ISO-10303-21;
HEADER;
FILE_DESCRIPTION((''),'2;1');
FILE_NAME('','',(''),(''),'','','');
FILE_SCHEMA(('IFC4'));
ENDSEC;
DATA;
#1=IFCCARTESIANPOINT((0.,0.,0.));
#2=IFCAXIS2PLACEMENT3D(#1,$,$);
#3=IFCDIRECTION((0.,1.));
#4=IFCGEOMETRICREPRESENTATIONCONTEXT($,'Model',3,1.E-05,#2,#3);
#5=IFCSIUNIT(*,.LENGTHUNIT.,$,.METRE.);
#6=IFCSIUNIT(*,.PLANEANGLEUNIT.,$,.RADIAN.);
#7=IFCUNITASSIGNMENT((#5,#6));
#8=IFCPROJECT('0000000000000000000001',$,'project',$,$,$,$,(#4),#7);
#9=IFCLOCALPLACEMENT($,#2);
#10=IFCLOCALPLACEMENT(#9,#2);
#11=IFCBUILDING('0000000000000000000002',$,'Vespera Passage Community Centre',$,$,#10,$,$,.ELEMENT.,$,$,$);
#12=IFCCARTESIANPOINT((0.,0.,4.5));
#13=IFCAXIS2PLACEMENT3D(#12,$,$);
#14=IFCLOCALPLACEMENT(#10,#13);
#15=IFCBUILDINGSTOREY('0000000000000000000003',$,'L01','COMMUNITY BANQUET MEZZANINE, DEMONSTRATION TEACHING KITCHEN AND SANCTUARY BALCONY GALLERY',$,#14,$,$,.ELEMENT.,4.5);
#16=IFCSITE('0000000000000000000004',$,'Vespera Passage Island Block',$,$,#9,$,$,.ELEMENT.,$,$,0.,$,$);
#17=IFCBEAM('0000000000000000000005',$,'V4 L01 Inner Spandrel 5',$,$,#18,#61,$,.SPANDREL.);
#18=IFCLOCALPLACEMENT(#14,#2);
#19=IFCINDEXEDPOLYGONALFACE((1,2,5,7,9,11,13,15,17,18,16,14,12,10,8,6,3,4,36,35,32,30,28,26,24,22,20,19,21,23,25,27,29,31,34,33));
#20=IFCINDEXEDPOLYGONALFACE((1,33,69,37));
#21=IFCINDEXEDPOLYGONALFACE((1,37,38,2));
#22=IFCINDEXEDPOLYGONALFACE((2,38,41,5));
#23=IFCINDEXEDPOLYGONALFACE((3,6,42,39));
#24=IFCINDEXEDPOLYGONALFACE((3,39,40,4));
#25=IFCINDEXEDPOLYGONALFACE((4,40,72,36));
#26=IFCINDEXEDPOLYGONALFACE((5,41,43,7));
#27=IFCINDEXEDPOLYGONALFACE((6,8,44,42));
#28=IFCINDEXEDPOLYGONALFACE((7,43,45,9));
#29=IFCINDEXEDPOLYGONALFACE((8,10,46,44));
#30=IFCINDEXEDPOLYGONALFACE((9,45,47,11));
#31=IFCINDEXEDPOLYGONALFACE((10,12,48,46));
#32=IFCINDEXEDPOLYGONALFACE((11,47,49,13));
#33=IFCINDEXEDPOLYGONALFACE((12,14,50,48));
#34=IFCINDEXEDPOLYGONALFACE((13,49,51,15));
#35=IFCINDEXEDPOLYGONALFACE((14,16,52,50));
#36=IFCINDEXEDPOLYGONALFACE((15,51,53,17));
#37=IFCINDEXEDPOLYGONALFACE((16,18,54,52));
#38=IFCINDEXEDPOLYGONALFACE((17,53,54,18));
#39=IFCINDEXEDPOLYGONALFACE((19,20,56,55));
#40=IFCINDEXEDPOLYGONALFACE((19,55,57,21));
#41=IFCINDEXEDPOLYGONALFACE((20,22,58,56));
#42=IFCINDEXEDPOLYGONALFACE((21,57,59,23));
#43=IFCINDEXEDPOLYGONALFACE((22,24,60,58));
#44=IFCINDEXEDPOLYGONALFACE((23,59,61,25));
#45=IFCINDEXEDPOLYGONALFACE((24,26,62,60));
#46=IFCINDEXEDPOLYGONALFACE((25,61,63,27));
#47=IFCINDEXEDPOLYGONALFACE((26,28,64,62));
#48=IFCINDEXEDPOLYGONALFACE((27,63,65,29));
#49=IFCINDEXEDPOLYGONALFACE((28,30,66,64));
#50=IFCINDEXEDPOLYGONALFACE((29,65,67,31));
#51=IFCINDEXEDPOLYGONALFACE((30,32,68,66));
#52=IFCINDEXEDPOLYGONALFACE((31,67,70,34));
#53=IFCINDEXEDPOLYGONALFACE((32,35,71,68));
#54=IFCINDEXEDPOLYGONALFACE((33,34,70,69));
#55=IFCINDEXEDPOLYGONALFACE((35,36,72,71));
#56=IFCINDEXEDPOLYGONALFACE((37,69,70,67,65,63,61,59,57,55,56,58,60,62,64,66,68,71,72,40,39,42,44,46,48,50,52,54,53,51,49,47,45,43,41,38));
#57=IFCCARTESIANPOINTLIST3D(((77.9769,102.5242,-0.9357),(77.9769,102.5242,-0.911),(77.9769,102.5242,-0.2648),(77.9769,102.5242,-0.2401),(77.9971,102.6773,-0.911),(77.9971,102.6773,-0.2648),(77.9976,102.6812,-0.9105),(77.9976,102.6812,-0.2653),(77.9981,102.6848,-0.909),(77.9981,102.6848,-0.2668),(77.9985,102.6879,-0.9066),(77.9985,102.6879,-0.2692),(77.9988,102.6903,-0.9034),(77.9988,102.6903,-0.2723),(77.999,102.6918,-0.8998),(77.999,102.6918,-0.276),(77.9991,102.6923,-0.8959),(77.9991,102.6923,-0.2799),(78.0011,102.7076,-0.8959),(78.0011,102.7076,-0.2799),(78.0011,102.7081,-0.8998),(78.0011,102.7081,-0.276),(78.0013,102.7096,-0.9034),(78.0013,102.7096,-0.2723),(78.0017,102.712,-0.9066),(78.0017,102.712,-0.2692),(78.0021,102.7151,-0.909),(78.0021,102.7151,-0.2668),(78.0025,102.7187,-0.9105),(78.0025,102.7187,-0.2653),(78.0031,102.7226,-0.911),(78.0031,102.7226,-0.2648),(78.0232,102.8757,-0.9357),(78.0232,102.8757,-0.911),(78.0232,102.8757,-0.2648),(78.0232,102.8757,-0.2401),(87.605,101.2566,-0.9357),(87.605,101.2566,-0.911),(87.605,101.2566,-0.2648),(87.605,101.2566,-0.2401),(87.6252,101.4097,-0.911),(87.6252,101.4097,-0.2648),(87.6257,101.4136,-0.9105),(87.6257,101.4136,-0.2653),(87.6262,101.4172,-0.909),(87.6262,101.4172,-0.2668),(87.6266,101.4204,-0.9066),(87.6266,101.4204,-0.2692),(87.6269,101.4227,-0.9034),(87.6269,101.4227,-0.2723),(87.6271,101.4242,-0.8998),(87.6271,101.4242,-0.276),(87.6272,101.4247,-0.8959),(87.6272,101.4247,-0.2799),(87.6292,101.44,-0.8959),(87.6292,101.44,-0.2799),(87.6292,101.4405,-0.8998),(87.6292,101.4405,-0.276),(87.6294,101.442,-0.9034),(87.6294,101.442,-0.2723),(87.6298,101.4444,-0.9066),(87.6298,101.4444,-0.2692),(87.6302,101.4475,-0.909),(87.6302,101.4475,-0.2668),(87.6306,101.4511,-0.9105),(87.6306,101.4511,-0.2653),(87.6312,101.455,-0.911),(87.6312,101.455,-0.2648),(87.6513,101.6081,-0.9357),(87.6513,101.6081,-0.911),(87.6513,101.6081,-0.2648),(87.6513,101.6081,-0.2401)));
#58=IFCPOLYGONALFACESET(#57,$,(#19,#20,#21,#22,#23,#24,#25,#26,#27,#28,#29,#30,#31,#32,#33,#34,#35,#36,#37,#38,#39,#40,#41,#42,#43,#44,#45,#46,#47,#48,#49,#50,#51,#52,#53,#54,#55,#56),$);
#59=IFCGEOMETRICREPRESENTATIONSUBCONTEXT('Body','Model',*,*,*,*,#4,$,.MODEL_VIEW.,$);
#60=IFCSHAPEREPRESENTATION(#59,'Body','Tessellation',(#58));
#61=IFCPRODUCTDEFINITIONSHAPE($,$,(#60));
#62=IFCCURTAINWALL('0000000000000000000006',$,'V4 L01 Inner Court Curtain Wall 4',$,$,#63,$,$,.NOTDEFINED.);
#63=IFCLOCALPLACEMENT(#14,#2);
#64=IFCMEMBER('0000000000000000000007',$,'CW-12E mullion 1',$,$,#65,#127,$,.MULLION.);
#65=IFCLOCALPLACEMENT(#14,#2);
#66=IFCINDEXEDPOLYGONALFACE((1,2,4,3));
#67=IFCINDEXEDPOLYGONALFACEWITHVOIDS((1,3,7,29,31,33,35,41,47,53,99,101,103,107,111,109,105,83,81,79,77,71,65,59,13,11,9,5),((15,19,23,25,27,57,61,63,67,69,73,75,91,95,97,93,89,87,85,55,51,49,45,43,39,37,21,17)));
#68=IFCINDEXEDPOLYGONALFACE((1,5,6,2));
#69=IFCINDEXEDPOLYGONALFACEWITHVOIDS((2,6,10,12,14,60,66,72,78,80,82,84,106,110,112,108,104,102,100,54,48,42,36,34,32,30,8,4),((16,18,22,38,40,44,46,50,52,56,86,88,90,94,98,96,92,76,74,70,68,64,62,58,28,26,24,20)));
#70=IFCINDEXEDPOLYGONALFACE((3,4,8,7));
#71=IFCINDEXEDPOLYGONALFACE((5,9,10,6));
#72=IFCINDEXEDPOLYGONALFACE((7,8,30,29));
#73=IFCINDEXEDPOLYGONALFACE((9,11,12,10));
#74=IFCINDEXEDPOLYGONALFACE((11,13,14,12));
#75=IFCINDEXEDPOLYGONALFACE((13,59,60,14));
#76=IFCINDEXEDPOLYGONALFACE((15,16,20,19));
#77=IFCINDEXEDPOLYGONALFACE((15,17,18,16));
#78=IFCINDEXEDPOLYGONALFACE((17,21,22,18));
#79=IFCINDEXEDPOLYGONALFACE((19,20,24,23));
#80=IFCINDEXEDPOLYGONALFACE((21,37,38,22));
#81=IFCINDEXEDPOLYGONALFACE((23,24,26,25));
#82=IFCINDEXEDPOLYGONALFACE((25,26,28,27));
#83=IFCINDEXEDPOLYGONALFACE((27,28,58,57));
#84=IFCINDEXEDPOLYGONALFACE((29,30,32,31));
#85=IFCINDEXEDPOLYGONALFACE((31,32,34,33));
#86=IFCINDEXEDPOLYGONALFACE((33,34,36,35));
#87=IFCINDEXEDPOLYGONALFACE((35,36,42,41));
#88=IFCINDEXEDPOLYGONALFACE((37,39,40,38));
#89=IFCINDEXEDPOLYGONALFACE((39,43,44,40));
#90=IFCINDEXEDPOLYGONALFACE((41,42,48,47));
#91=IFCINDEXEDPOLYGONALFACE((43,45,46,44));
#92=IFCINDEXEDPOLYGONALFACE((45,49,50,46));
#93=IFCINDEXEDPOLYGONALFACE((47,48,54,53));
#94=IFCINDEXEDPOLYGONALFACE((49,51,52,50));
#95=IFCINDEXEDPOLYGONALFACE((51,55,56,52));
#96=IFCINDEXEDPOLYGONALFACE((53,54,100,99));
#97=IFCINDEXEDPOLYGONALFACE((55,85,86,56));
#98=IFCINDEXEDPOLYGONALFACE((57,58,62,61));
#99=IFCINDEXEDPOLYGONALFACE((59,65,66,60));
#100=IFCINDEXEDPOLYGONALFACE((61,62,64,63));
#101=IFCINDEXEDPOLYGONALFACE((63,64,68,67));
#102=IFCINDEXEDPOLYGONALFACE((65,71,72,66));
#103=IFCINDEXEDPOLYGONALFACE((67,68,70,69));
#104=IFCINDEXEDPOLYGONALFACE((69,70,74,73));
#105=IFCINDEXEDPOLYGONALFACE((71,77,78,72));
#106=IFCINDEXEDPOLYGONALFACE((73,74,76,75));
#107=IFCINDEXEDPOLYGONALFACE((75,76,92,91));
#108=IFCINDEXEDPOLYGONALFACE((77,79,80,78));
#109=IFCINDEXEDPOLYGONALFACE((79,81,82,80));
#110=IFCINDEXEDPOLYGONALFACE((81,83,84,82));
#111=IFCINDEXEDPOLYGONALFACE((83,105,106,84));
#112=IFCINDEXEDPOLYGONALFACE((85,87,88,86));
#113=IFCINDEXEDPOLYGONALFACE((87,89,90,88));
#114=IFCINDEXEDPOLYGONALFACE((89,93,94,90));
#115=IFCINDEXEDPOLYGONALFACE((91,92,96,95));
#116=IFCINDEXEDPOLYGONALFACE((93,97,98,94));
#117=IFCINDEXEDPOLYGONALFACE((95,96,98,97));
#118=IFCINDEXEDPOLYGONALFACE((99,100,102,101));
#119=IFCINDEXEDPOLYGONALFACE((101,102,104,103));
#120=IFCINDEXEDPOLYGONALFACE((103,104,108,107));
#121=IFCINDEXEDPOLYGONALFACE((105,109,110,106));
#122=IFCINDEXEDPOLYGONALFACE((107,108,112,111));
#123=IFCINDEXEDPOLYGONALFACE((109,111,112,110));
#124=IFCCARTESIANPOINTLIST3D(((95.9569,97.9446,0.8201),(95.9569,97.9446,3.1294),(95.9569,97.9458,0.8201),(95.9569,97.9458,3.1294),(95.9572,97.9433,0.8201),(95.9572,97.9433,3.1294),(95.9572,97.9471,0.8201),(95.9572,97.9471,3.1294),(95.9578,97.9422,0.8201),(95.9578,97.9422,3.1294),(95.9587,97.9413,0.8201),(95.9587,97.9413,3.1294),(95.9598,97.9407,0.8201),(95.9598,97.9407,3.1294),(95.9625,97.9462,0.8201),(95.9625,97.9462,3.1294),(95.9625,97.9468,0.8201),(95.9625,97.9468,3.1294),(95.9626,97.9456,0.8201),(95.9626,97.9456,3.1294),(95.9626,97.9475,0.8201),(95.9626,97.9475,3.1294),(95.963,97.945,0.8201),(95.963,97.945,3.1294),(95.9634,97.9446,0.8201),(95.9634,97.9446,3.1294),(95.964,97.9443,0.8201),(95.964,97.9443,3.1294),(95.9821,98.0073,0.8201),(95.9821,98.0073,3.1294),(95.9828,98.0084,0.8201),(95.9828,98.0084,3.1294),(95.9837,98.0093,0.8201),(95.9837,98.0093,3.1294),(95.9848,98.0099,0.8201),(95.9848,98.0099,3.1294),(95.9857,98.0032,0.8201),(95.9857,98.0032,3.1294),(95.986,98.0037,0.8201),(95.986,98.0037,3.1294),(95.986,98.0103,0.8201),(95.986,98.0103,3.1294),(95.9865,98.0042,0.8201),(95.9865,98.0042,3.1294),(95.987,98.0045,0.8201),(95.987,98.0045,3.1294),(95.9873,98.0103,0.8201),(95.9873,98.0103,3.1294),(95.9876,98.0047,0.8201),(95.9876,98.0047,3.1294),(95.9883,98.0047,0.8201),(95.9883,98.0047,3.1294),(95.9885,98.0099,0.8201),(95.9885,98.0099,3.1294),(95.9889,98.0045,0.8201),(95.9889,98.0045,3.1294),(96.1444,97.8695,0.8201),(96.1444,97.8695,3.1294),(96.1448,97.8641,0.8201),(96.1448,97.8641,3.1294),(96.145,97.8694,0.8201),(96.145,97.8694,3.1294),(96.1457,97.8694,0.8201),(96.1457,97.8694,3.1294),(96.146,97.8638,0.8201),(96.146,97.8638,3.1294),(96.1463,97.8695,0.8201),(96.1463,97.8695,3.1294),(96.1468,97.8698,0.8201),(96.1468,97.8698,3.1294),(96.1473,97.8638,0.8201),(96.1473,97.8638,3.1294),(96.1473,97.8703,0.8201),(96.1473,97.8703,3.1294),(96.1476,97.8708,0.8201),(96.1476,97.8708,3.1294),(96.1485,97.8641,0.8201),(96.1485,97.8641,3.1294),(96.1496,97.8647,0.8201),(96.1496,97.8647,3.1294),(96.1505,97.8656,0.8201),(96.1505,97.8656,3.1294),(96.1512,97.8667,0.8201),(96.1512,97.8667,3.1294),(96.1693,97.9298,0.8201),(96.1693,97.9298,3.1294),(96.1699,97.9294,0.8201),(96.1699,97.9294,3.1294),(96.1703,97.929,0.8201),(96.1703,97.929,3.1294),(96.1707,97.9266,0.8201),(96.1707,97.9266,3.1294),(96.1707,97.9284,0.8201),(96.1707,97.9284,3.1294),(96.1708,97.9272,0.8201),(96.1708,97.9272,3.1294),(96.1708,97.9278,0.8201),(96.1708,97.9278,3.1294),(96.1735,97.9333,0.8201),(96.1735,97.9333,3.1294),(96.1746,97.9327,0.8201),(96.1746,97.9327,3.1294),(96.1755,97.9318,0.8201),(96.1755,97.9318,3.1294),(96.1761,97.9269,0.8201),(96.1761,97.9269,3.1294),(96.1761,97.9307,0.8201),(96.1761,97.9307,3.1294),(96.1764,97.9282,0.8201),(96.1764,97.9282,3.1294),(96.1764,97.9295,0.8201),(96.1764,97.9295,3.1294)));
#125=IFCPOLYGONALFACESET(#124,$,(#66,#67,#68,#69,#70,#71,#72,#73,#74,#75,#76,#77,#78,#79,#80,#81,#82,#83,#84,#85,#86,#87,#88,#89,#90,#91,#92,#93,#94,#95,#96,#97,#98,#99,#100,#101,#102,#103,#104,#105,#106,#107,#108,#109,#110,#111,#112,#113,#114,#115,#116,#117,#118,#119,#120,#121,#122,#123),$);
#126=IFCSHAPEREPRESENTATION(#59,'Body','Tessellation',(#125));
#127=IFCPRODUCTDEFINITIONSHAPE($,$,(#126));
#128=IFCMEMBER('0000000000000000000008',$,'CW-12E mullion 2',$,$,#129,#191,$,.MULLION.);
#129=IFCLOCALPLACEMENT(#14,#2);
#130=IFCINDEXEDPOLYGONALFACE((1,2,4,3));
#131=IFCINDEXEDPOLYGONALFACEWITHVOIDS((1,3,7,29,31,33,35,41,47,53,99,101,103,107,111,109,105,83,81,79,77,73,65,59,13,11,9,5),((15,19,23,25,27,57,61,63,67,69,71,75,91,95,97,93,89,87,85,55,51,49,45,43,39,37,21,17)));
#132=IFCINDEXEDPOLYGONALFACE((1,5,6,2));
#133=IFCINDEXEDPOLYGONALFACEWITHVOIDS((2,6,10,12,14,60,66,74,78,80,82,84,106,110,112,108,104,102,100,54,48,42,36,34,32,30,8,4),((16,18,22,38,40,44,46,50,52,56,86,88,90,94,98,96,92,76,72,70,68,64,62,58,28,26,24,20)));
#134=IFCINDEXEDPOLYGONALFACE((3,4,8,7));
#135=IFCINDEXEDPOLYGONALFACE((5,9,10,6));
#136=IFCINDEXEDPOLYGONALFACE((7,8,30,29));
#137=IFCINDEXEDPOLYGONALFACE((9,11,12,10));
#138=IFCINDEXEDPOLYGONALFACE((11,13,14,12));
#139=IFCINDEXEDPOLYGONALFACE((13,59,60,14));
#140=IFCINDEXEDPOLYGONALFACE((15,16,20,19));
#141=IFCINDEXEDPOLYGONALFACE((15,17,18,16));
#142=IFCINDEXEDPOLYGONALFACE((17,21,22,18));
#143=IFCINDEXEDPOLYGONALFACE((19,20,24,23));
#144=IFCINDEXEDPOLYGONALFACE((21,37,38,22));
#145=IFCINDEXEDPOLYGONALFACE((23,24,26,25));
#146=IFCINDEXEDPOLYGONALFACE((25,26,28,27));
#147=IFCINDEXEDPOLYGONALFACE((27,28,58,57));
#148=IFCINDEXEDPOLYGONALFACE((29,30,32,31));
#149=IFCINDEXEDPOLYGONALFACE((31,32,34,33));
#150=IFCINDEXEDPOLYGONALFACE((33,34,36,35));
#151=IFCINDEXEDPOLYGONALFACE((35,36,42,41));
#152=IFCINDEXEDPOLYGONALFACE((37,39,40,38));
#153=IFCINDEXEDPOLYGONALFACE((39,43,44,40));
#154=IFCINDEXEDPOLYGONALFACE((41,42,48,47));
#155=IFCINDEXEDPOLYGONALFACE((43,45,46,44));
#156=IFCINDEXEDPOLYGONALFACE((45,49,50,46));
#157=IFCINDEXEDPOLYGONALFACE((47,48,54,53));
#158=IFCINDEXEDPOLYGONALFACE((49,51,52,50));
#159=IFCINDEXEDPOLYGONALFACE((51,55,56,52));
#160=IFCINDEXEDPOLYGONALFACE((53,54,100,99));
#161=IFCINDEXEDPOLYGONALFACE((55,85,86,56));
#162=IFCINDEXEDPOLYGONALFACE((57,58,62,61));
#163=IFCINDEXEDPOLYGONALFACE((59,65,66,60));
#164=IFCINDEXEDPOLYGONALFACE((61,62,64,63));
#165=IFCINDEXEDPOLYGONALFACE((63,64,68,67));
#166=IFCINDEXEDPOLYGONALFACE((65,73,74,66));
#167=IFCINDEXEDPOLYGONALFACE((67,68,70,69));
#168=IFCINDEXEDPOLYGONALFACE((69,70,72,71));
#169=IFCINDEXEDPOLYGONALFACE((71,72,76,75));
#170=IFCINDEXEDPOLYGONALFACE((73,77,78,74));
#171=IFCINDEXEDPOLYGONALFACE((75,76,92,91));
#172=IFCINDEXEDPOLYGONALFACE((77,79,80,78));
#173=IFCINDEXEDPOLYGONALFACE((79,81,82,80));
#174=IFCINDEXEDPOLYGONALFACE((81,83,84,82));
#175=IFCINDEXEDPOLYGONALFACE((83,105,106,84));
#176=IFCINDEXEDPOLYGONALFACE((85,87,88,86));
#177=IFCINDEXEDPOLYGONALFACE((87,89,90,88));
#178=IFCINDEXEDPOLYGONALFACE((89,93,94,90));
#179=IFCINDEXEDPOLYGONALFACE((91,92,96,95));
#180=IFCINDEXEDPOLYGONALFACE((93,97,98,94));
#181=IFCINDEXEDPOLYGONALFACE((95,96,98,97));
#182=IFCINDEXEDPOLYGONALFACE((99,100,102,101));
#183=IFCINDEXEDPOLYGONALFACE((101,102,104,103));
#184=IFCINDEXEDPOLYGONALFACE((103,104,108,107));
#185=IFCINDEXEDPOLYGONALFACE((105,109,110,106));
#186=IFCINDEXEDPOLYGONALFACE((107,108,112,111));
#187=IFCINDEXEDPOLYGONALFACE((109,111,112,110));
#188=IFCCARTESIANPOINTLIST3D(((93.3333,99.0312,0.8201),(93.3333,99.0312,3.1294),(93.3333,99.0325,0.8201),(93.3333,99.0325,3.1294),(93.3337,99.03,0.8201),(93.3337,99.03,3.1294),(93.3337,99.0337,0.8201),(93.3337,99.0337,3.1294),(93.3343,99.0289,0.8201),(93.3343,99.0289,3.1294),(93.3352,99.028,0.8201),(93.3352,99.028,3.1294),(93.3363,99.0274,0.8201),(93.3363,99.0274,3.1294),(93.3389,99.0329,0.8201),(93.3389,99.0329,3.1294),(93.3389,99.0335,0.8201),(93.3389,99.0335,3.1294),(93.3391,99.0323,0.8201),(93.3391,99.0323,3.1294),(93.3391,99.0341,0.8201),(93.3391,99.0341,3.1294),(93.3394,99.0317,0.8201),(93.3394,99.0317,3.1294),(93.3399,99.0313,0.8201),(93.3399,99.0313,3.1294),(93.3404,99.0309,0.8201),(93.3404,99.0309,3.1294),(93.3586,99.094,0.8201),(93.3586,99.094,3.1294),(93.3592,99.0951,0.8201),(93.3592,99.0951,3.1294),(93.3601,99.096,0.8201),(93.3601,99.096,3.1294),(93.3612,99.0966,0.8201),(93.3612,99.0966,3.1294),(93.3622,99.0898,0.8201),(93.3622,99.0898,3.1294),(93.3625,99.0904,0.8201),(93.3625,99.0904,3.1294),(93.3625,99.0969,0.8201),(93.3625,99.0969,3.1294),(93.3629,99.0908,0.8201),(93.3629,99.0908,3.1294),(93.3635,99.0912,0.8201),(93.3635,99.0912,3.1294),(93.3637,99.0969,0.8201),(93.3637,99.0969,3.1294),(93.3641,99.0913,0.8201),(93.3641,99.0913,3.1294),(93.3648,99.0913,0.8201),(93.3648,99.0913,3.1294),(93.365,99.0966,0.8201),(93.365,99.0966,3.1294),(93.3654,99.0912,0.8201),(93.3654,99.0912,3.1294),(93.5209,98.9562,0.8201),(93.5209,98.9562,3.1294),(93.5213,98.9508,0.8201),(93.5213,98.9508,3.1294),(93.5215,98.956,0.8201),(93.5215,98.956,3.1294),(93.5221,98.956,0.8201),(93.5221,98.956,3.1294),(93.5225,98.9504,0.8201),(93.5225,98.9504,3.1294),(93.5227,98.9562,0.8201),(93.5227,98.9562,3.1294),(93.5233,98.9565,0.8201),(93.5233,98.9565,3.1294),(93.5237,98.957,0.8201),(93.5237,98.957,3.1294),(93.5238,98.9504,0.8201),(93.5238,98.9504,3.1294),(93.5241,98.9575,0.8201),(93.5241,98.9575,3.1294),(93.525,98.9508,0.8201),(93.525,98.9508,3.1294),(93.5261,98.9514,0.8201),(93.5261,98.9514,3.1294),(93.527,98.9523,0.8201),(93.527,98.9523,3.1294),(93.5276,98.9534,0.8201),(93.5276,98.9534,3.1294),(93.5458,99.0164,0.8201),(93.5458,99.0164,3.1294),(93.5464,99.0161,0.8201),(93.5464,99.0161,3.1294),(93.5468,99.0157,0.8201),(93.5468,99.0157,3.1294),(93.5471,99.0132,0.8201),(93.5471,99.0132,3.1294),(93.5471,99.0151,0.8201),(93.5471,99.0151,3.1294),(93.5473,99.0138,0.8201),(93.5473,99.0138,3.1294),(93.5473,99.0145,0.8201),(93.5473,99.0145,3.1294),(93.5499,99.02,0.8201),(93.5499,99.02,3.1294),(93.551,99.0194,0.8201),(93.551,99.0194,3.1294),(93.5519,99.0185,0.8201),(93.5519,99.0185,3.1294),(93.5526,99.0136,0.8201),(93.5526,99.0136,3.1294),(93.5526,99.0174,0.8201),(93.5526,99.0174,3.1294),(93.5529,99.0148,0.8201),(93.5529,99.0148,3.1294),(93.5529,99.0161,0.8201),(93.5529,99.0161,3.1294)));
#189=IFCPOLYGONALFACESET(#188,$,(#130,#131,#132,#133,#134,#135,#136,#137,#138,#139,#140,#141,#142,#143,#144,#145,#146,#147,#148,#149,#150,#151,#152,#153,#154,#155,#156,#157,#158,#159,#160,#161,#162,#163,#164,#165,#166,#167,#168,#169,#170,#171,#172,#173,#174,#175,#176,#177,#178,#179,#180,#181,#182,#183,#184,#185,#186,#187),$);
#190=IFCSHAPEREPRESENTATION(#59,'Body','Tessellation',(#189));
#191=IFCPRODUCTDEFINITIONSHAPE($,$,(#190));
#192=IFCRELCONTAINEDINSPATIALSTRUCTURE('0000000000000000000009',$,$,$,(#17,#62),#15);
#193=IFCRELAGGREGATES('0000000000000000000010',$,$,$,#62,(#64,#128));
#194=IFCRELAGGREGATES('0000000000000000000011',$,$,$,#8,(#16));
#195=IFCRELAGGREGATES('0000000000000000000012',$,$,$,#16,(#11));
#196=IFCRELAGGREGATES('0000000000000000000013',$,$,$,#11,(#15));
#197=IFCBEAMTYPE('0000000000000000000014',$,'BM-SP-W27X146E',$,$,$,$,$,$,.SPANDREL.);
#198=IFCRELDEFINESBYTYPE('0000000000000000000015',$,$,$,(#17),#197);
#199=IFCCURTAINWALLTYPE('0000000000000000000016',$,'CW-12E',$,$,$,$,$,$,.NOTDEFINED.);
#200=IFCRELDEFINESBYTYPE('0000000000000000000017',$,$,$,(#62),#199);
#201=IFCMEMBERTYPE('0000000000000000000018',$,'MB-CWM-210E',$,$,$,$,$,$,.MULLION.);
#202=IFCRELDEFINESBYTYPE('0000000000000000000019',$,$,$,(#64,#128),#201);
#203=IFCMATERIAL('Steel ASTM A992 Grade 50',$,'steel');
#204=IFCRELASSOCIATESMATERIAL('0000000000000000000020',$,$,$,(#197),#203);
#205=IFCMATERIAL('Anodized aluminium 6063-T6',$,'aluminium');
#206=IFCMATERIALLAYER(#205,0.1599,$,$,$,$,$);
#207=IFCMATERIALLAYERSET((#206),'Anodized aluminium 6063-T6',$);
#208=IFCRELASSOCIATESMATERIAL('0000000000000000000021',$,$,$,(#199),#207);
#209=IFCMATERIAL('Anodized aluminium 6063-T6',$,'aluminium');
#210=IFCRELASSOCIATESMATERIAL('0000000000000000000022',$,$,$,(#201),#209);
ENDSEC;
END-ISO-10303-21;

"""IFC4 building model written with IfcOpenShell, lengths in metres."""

from ifc_helpers import new_model, si_unit, direction, frame, origin, origin_2d, place, context, subcontext, project, spatial, hollow_rectangle, i_section, extrude, material, layer, layer_set, material_profile, profile_set, type_object, element, aggregate, save


model = new_model("IFC4")

# Units and contexts
model_context = context("Model", 3, precision=1e-05, world=origin(), true_north=direction((0.0, 1.0)))
body_context = subcontext(model_context, "Body", "Model", "MODEL_VIEW")
ifc_project = project(units=[si_unit("LENGTHUNIT", "METRE"), si_unit("PLANEANGLEUNIT", "RADIAN")], contexts=[model_context])

# Site, building, storey
site_placement = place(None, origin())
site = spatial("IfcSite", under=ifc_project, at=site_placement, Name="Vespera Passage Island Block", CompositionType="ELEMENT", RefElevation=0.0)
building_placement = place(site_placement, origin())
building = spatial("IfcBuilding", under=site, at=building_placement, Name="Vespera Passage Community Centre", CompositionType="ELEMENT")
storey_placement = place(building_placement, frame((0.0, 0.0, 4.5)))
storey = spatial("IfcBuildingStorey", under=building, at=storey_placement, Name="L01", Description="COMMUNITY BANQUET MEZZANINE, DEMONSTRATION TEACHING KITCHEN AND SANCTUARY BALCONY GALLERY", CompositionType="ELEMENT", Elevation=4.5)

# Beam
ifc_material_1 = material(Name="Steel ASTM A992 Grade 50", Category="steel")
ifc_material_profile_1 = material_profile(ifc_material_1, i_section(OverallWidth=0.3545, OverallDepth=0.6956, WebThickness=0.0154, FlangeThickness=0.0247, FilletRadius=0.0151, at=origin_2d()), Name="W27X146")
ifc_profile_set_1 = profile_set([ifc_material_profile_1], Name="Steel ASTM A992 Grade 50")
beam_type_1 = type_object("IfcBeamType", Name="BM-SP-W27X146E", PredefinedType="SPANDREL", material=ifc_profile_set_1)
for number, where, z_axis, x_axis, name in (
    (1, (87.6282, 101.4324, -0.5879), (-0.991445, 0.130527, 0.0), (-0.130527, -0.991445, 0.0), "V4 L01 Inner Spandrel 5"),
):
    element("IfcBeam", number, at=place(storey_placement, frame(where, z_axis=z_axis, x_axis=x_axis)), inside=storey, type_object=beam_type_1, Name=name, PredefinedType="SPANDREL", context=body_context, shape_type="SweptSolid", body=[
        extrude(i_section(OverallWidth=0.3545, OverallDepth=0.6956, WebThickness=0.0154, FlangeThickness=0.0247, FilletRadius=0.0151, at=origin_2d()), origin(), (0.0, 0.0, 1.0), 9.7112),
    ])

# Curtain wall, members
ifc_material_2 = material(Name="Anodized aluminium 6063-T6", Category="aluminium")
ifc_layer_1 = layer(ifc_material_2, 0.1599)
ifc_layer_set_1 = layer_set([ifc_layer_1], Name="Anodized aluminium 6063-T6")
curtain_wall_type = type_object("IfcCurtainWallType", Name="CW-12E", PredefinedType="NOTDEFINED", material=ifc_layer_set_1)
curtain_wall_placement = place(storey_placement, origin())
curtain_wall = element("IfcCurtainWall", 2, at=curtain_wall_placement, inside=storey, type_object=curtain_wall_type, Name="V4 L01 Inner Court Curtain Wall 4", PredefinedType="NOTDEFINED")
ifc_material_3 = material(Name="Anodized aluminium 6063-T6", Category="aluminium")
ifc_material_profile_2 = material_profile(ifc_material_3, hollow_rectangle(XDim=0.075, YDim=0.21, WallThickness=0.0049, InnerFilletRadius=0.0024, OuterFilletRadius=0.0049, at=origin_2d()), Name="ALU210X75X5")
ifc_profile_set_2 = profile_set([ifc_material_profile_2], Name="Anodized aluminium 6063-T6")
member_type_1 = type_object("IfcMemberType", Name="MB-CWM-210E", PredefinedType="MULLION", material=ifc_profile_set_2)
member_1_placement = place(storey_placement, frame((96.0667, 97.937, 0.8201), z_axis=(0.0, 0.0, 1.0), x_axis=(-0.38269, -0.923877, 0.0)))
member_1 = element("IfcMember", 3, at=member_1_placement, type_object=member_type_1, Name="CW-12E mullion 1", PredefinedType="MULLION", context=body_context, shape_type="SweptSolid", body=[
    extrude(hollow_rectangle(XDim=0.075, YDim=0.21, WallThickness=0.0049, InnerFilletRadius=0.0024, OuterFilletRadius=0.0049, at=origin_2d()), origin(), (0.0, 0.0, 1.0), 2.3093),
])
member_2_placement = place(storey_placement, frame((93.4431, 99.0237, 0.8201), z_axis=(0.0, 0.0, 1.0), x_axis=(-0.38269, -0.923877, 0.0)))
member_2 = element("IfcMember", 4, at=member_2_placement, type_object=member_type_1, Name="CW-12E mullion 2", PredefinedType="MULLION", context=body_context, shape_type="SweptSolid", body=[
    extrude(hollow_rectangle(XDim=0.075, YDim=0.21, WallThickness=0.0049, InnerFilletRadius=0.0024, OuterFilletRadius=0.0049, at=origin_2d()), origin(), (0.0, 0.0, 1.0), 2.3093),
])
aggregate(curtain_wall, [member_1, member_2])

save(model, "model.ifc")
